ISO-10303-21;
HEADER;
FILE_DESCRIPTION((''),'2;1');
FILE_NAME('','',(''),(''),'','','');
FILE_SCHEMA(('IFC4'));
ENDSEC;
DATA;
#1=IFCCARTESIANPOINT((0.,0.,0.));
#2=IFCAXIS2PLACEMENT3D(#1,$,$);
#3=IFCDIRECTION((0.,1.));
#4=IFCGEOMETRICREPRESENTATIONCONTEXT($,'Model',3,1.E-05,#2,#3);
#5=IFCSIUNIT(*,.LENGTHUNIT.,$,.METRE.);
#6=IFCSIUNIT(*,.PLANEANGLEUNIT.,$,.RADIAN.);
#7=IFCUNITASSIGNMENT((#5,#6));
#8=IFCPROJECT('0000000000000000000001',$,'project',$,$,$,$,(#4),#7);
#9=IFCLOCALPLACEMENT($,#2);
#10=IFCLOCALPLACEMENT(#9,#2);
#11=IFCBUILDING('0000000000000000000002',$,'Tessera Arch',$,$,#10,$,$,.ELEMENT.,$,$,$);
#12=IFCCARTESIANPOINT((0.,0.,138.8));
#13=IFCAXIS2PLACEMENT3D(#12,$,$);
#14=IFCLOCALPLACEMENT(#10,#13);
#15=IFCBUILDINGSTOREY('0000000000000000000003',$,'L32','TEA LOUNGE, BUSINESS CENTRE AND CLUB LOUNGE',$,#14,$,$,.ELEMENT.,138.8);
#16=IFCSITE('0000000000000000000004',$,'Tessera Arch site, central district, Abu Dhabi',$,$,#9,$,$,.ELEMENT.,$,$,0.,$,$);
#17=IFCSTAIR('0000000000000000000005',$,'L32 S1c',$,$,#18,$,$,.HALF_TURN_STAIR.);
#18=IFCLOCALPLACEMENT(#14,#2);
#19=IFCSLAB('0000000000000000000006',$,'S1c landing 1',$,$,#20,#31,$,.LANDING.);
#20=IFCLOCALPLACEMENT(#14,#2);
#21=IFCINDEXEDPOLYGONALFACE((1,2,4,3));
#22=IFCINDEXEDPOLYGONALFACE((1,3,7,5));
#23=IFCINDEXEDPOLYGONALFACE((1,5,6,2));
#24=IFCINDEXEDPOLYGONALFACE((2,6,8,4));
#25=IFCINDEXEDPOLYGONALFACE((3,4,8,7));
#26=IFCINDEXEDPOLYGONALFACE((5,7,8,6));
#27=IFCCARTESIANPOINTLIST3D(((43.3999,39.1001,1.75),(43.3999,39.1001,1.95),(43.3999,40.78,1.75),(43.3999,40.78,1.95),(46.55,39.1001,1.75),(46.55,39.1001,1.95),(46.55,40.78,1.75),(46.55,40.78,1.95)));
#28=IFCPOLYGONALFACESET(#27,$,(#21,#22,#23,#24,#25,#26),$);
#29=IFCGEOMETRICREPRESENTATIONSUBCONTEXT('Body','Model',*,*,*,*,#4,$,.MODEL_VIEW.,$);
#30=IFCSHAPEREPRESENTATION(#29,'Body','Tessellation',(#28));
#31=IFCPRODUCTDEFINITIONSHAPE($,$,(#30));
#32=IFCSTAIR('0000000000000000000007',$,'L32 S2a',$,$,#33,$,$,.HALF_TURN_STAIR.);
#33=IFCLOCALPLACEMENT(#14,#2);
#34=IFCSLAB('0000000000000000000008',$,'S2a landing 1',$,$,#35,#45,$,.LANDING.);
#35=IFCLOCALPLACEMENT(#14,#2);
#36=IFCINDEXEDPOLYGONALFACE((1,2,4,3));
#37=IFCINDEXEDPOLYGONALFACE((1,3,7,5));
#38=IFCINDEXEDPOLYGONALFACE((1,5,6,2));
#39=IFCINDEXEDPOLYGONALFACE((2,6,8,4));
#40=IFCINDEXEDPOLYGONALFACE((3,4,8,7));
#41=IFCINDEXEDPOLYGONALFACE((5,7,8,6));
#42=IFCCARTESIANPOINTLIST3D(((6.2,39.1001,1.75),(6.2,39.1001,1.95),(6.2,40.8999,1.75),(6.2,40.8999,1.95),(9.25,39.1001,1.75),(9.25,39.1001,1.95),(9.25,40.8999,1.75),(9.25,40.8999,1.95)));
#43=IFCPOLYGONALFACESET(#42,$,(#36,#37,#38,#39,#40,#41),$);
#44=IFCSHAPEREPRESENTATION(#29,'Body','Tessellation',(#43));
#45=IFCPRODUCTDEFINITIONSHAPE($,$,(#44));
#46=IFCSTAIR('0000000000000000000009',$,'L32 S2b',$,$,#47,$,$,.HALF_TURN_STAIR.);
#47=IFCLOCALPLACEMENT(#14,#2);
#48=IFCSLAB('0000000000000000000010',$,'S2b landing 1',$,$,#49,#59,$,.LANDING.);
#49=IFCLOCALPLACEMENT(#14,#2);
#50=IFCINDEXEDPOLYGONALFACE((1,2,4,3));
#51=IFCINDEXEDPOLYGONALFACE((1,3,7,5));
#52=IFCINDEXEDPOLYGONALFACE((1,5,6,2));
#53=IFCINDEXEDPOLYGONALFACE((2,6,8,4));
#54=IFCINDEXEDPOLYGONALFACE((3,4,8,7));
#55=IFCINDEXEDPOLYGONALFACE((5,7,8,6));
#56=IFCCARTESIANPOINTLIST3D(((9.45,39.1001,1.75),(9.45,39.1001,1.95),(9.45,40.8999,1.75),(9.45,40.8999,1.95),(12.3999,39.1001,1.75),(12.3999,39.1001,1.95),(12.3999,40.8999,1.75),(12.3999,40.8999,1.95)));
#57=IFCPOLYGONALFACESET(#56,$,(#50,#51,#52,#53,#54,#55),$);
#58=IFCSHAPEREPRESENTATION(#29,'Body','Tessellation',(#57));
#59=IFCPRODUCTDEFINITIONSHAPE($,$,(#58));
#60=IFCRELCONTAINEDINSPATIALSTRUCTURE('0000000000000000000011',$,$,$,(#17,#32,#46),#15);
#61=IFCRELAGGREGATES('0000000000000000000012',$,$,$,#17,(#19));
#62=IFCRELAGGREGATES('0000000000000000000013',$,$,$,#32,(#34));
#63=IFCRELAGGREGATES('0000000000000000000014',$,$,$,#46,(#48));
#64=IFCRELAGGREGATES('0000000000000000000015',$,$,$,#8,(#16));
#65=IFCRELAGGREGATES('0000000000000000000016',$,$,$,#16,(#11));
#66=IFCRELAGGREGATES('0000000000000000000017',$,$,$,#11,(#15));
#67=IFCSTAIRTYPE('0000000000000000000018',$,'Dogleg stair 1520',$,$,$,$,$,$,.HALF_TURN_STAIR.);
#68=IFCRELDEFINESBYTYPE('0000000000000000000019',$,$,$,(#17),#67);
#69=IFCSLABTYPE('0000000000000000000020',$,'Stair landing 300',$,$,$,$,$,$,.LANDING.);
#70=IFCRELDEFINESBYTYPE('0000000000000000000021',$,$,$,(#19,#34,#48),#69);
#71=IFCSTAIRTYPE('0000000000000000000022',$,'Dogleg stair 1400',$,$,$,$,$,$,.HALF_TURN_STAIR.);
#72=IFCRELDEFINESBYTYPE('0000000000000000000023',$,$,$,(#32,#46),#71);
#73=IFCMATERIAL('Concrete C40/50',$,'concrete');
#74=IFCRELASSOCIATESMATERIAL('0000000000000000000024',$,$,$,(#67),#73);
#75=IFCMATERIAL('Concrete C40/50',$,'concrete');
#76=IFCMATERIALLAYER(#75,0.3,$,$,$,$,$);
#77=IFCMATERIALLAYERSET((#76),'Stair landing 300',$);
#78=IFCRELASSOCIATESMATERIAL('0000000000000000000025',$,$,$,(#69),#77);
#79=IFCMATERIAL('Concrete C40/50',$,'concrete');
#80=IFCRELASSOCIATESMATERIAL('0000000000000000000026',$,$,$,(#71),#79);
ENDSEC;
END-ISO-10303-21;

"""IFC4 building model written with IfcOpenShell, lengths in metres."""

from ifc_helpers import new_model, si_unit, direction, frame, origin, place, context, subcontext, project, spatial, polyline, outline, extrude, material, layer, layer_set, type_object, element, aggregate, save


model = new_model("IFC4")

# Units and contexts
model_context = context("Model", 3, precision=1e-05, world=origin(), true_north=direction((0.0, 1.0)))
body_context = subcontext(model_context, "Body", "Model", "MODEL_VIEW")
ifc_project = project(units=[si_unit("LENGTHUNIT", "METRE"), si_unit("PLANEANGLEUNIT", "RADIAN")], contexts=[model_context])

# Site, building, storey
site_placement = place(None, origin())
site = spatial("IfcSite", under=ifc_project, at=site_placement, Name="Tessera Arch site, central district, Abu Dhabi", CompositionType="ELEMENT", RefElevation=0.0)
building_placement = place(site_placement, origin())
building = spatial("IfcBuilding", under=site, at=building_placement, Name="Tessera Arch", CompositionType="ELEMENT")
storey_placement = place(building_placement, frame((0.0, 0.0, 138.8)))
storey = spatial("IfcBuildingStorey", under=building, at=storey_placement, Name="L32", Description="TEA LOUNGE, BUSINESS CENTRE AND CLUB LOUNGE", CompositionType="ELEMENT", Elevation=138.8)

# Stairs, slabs
ifc_material_1 = material(Name="Concrete C40/50", Category="concrete")
stair_type_1 = type_object("IfcStairType", Name="Dogleg stair 1520", PredefinedType="HALF_TURN_STAIR", material=ifc_material_1)
ifc_material_2 = material(Name="Concrete C40/50", Category="concrete")
ifc_layer_1 = layer(ifc_material_2, 0.3)
ifc_layer_set_1 = layer_set([ifc_layer_1], Name="Stair landing 300")
slab_type_1 = type_object("IfcSlabType", Name="Stair landing 300", PredefinedType="LANDING", material=ifc_layer_set_1)
stair_1_placement = place(storey_placement, origin())
stair_1 = element("IfcStair", 1, at=stair_1_placement, inside=storey, type_object=stair_type_1, Name="L32 S1c", PredefinedType="HALF_TURN_STAIR")
slab_1_placement = place(storey_placement, frame((0.0, 0.0, 1.75)))
slab_1 = element("IfcSlab", 2, at=slab_1_placement, type_object=slab_type_1, Name="S1c landing 1", PredefinedType="LANDING", context=body_context, shape_type="SweptSolid", body=[
    extrude(outline(polyline([(43.3999, 40.78), (43.3999, 39.1001), (46.55, 39.1001), (46.55, 40.78), (43.3999, 40.78)])), origin(), (0.0, 0.0, 1.0), 0.2),
])
aggregate(stair_1, [slab_1])
ifc_material_3 = material(Name="Concrete C40/50", Category="concrete")
stair_type_2 = type_object("IfcStairType", Name="Dogleg stair 1400", PredefinedType="HALF_TURN_STAIR", material=ifc_material_3)
stair_2_placement = place(storey_placement, origin())
stair_2 = element("IfcStair", 3, at=stair_2_placement, inside=storey, type_object=stair_type_2, Name="L32 S2a", PredefinedType="HALF_TURN_STAIR")
slab_2_placement = place(storey_placement, frame((0.0, 0.0, 1.75)))
slab_2 = element("IfcSlab", 4, at=slab_2_placement, type_object=slab_type_1, Name="S2a landing 1", PredefinedType="LANDING", context=body_context, shape_type="SweptSolid", body=[
    extrude(outline(polyline([(6.2, 40.8999), (6.2, 39.1001), (9.25, 39.1001), (9.25, 40.8999), (6.2, 40.8999)])), origin(), (0.0, 0.0, 1.0), 0.2),
])
aggregate(stair_2, [slab_2])
stair_3_placement = place(storey_placement, origin())
stair_3 = element("IfcStair", 5, at=stair_3_placement, inside=storey, type_object=stair_type_2, Name="L32 S2b", PredefinedType="HALF_TURN_STAIR")
slab_3_placement = place(storey_placement, frame((0.0, 0.0, 1.75)))
slab_3 = element("IfcSlab", 6, at=slab_3_placement, type_object=slab_type_1, Name="S2b landing 1", PredefinedType="LANDING", context=body_context, shape_type="SweptSolid", body=[
    extrude(outline(polyline([(9.45, 40.8999), (9.45, 39.1001), (12.3999, 39.1001), (12.3999, 40.8999), (9.45, 40.8999)])), origin(), (0.0, 0.0, 1.0), 0.2),
])
aggregate(stair_3, [slab_3])

save(model, "model.ifc")
